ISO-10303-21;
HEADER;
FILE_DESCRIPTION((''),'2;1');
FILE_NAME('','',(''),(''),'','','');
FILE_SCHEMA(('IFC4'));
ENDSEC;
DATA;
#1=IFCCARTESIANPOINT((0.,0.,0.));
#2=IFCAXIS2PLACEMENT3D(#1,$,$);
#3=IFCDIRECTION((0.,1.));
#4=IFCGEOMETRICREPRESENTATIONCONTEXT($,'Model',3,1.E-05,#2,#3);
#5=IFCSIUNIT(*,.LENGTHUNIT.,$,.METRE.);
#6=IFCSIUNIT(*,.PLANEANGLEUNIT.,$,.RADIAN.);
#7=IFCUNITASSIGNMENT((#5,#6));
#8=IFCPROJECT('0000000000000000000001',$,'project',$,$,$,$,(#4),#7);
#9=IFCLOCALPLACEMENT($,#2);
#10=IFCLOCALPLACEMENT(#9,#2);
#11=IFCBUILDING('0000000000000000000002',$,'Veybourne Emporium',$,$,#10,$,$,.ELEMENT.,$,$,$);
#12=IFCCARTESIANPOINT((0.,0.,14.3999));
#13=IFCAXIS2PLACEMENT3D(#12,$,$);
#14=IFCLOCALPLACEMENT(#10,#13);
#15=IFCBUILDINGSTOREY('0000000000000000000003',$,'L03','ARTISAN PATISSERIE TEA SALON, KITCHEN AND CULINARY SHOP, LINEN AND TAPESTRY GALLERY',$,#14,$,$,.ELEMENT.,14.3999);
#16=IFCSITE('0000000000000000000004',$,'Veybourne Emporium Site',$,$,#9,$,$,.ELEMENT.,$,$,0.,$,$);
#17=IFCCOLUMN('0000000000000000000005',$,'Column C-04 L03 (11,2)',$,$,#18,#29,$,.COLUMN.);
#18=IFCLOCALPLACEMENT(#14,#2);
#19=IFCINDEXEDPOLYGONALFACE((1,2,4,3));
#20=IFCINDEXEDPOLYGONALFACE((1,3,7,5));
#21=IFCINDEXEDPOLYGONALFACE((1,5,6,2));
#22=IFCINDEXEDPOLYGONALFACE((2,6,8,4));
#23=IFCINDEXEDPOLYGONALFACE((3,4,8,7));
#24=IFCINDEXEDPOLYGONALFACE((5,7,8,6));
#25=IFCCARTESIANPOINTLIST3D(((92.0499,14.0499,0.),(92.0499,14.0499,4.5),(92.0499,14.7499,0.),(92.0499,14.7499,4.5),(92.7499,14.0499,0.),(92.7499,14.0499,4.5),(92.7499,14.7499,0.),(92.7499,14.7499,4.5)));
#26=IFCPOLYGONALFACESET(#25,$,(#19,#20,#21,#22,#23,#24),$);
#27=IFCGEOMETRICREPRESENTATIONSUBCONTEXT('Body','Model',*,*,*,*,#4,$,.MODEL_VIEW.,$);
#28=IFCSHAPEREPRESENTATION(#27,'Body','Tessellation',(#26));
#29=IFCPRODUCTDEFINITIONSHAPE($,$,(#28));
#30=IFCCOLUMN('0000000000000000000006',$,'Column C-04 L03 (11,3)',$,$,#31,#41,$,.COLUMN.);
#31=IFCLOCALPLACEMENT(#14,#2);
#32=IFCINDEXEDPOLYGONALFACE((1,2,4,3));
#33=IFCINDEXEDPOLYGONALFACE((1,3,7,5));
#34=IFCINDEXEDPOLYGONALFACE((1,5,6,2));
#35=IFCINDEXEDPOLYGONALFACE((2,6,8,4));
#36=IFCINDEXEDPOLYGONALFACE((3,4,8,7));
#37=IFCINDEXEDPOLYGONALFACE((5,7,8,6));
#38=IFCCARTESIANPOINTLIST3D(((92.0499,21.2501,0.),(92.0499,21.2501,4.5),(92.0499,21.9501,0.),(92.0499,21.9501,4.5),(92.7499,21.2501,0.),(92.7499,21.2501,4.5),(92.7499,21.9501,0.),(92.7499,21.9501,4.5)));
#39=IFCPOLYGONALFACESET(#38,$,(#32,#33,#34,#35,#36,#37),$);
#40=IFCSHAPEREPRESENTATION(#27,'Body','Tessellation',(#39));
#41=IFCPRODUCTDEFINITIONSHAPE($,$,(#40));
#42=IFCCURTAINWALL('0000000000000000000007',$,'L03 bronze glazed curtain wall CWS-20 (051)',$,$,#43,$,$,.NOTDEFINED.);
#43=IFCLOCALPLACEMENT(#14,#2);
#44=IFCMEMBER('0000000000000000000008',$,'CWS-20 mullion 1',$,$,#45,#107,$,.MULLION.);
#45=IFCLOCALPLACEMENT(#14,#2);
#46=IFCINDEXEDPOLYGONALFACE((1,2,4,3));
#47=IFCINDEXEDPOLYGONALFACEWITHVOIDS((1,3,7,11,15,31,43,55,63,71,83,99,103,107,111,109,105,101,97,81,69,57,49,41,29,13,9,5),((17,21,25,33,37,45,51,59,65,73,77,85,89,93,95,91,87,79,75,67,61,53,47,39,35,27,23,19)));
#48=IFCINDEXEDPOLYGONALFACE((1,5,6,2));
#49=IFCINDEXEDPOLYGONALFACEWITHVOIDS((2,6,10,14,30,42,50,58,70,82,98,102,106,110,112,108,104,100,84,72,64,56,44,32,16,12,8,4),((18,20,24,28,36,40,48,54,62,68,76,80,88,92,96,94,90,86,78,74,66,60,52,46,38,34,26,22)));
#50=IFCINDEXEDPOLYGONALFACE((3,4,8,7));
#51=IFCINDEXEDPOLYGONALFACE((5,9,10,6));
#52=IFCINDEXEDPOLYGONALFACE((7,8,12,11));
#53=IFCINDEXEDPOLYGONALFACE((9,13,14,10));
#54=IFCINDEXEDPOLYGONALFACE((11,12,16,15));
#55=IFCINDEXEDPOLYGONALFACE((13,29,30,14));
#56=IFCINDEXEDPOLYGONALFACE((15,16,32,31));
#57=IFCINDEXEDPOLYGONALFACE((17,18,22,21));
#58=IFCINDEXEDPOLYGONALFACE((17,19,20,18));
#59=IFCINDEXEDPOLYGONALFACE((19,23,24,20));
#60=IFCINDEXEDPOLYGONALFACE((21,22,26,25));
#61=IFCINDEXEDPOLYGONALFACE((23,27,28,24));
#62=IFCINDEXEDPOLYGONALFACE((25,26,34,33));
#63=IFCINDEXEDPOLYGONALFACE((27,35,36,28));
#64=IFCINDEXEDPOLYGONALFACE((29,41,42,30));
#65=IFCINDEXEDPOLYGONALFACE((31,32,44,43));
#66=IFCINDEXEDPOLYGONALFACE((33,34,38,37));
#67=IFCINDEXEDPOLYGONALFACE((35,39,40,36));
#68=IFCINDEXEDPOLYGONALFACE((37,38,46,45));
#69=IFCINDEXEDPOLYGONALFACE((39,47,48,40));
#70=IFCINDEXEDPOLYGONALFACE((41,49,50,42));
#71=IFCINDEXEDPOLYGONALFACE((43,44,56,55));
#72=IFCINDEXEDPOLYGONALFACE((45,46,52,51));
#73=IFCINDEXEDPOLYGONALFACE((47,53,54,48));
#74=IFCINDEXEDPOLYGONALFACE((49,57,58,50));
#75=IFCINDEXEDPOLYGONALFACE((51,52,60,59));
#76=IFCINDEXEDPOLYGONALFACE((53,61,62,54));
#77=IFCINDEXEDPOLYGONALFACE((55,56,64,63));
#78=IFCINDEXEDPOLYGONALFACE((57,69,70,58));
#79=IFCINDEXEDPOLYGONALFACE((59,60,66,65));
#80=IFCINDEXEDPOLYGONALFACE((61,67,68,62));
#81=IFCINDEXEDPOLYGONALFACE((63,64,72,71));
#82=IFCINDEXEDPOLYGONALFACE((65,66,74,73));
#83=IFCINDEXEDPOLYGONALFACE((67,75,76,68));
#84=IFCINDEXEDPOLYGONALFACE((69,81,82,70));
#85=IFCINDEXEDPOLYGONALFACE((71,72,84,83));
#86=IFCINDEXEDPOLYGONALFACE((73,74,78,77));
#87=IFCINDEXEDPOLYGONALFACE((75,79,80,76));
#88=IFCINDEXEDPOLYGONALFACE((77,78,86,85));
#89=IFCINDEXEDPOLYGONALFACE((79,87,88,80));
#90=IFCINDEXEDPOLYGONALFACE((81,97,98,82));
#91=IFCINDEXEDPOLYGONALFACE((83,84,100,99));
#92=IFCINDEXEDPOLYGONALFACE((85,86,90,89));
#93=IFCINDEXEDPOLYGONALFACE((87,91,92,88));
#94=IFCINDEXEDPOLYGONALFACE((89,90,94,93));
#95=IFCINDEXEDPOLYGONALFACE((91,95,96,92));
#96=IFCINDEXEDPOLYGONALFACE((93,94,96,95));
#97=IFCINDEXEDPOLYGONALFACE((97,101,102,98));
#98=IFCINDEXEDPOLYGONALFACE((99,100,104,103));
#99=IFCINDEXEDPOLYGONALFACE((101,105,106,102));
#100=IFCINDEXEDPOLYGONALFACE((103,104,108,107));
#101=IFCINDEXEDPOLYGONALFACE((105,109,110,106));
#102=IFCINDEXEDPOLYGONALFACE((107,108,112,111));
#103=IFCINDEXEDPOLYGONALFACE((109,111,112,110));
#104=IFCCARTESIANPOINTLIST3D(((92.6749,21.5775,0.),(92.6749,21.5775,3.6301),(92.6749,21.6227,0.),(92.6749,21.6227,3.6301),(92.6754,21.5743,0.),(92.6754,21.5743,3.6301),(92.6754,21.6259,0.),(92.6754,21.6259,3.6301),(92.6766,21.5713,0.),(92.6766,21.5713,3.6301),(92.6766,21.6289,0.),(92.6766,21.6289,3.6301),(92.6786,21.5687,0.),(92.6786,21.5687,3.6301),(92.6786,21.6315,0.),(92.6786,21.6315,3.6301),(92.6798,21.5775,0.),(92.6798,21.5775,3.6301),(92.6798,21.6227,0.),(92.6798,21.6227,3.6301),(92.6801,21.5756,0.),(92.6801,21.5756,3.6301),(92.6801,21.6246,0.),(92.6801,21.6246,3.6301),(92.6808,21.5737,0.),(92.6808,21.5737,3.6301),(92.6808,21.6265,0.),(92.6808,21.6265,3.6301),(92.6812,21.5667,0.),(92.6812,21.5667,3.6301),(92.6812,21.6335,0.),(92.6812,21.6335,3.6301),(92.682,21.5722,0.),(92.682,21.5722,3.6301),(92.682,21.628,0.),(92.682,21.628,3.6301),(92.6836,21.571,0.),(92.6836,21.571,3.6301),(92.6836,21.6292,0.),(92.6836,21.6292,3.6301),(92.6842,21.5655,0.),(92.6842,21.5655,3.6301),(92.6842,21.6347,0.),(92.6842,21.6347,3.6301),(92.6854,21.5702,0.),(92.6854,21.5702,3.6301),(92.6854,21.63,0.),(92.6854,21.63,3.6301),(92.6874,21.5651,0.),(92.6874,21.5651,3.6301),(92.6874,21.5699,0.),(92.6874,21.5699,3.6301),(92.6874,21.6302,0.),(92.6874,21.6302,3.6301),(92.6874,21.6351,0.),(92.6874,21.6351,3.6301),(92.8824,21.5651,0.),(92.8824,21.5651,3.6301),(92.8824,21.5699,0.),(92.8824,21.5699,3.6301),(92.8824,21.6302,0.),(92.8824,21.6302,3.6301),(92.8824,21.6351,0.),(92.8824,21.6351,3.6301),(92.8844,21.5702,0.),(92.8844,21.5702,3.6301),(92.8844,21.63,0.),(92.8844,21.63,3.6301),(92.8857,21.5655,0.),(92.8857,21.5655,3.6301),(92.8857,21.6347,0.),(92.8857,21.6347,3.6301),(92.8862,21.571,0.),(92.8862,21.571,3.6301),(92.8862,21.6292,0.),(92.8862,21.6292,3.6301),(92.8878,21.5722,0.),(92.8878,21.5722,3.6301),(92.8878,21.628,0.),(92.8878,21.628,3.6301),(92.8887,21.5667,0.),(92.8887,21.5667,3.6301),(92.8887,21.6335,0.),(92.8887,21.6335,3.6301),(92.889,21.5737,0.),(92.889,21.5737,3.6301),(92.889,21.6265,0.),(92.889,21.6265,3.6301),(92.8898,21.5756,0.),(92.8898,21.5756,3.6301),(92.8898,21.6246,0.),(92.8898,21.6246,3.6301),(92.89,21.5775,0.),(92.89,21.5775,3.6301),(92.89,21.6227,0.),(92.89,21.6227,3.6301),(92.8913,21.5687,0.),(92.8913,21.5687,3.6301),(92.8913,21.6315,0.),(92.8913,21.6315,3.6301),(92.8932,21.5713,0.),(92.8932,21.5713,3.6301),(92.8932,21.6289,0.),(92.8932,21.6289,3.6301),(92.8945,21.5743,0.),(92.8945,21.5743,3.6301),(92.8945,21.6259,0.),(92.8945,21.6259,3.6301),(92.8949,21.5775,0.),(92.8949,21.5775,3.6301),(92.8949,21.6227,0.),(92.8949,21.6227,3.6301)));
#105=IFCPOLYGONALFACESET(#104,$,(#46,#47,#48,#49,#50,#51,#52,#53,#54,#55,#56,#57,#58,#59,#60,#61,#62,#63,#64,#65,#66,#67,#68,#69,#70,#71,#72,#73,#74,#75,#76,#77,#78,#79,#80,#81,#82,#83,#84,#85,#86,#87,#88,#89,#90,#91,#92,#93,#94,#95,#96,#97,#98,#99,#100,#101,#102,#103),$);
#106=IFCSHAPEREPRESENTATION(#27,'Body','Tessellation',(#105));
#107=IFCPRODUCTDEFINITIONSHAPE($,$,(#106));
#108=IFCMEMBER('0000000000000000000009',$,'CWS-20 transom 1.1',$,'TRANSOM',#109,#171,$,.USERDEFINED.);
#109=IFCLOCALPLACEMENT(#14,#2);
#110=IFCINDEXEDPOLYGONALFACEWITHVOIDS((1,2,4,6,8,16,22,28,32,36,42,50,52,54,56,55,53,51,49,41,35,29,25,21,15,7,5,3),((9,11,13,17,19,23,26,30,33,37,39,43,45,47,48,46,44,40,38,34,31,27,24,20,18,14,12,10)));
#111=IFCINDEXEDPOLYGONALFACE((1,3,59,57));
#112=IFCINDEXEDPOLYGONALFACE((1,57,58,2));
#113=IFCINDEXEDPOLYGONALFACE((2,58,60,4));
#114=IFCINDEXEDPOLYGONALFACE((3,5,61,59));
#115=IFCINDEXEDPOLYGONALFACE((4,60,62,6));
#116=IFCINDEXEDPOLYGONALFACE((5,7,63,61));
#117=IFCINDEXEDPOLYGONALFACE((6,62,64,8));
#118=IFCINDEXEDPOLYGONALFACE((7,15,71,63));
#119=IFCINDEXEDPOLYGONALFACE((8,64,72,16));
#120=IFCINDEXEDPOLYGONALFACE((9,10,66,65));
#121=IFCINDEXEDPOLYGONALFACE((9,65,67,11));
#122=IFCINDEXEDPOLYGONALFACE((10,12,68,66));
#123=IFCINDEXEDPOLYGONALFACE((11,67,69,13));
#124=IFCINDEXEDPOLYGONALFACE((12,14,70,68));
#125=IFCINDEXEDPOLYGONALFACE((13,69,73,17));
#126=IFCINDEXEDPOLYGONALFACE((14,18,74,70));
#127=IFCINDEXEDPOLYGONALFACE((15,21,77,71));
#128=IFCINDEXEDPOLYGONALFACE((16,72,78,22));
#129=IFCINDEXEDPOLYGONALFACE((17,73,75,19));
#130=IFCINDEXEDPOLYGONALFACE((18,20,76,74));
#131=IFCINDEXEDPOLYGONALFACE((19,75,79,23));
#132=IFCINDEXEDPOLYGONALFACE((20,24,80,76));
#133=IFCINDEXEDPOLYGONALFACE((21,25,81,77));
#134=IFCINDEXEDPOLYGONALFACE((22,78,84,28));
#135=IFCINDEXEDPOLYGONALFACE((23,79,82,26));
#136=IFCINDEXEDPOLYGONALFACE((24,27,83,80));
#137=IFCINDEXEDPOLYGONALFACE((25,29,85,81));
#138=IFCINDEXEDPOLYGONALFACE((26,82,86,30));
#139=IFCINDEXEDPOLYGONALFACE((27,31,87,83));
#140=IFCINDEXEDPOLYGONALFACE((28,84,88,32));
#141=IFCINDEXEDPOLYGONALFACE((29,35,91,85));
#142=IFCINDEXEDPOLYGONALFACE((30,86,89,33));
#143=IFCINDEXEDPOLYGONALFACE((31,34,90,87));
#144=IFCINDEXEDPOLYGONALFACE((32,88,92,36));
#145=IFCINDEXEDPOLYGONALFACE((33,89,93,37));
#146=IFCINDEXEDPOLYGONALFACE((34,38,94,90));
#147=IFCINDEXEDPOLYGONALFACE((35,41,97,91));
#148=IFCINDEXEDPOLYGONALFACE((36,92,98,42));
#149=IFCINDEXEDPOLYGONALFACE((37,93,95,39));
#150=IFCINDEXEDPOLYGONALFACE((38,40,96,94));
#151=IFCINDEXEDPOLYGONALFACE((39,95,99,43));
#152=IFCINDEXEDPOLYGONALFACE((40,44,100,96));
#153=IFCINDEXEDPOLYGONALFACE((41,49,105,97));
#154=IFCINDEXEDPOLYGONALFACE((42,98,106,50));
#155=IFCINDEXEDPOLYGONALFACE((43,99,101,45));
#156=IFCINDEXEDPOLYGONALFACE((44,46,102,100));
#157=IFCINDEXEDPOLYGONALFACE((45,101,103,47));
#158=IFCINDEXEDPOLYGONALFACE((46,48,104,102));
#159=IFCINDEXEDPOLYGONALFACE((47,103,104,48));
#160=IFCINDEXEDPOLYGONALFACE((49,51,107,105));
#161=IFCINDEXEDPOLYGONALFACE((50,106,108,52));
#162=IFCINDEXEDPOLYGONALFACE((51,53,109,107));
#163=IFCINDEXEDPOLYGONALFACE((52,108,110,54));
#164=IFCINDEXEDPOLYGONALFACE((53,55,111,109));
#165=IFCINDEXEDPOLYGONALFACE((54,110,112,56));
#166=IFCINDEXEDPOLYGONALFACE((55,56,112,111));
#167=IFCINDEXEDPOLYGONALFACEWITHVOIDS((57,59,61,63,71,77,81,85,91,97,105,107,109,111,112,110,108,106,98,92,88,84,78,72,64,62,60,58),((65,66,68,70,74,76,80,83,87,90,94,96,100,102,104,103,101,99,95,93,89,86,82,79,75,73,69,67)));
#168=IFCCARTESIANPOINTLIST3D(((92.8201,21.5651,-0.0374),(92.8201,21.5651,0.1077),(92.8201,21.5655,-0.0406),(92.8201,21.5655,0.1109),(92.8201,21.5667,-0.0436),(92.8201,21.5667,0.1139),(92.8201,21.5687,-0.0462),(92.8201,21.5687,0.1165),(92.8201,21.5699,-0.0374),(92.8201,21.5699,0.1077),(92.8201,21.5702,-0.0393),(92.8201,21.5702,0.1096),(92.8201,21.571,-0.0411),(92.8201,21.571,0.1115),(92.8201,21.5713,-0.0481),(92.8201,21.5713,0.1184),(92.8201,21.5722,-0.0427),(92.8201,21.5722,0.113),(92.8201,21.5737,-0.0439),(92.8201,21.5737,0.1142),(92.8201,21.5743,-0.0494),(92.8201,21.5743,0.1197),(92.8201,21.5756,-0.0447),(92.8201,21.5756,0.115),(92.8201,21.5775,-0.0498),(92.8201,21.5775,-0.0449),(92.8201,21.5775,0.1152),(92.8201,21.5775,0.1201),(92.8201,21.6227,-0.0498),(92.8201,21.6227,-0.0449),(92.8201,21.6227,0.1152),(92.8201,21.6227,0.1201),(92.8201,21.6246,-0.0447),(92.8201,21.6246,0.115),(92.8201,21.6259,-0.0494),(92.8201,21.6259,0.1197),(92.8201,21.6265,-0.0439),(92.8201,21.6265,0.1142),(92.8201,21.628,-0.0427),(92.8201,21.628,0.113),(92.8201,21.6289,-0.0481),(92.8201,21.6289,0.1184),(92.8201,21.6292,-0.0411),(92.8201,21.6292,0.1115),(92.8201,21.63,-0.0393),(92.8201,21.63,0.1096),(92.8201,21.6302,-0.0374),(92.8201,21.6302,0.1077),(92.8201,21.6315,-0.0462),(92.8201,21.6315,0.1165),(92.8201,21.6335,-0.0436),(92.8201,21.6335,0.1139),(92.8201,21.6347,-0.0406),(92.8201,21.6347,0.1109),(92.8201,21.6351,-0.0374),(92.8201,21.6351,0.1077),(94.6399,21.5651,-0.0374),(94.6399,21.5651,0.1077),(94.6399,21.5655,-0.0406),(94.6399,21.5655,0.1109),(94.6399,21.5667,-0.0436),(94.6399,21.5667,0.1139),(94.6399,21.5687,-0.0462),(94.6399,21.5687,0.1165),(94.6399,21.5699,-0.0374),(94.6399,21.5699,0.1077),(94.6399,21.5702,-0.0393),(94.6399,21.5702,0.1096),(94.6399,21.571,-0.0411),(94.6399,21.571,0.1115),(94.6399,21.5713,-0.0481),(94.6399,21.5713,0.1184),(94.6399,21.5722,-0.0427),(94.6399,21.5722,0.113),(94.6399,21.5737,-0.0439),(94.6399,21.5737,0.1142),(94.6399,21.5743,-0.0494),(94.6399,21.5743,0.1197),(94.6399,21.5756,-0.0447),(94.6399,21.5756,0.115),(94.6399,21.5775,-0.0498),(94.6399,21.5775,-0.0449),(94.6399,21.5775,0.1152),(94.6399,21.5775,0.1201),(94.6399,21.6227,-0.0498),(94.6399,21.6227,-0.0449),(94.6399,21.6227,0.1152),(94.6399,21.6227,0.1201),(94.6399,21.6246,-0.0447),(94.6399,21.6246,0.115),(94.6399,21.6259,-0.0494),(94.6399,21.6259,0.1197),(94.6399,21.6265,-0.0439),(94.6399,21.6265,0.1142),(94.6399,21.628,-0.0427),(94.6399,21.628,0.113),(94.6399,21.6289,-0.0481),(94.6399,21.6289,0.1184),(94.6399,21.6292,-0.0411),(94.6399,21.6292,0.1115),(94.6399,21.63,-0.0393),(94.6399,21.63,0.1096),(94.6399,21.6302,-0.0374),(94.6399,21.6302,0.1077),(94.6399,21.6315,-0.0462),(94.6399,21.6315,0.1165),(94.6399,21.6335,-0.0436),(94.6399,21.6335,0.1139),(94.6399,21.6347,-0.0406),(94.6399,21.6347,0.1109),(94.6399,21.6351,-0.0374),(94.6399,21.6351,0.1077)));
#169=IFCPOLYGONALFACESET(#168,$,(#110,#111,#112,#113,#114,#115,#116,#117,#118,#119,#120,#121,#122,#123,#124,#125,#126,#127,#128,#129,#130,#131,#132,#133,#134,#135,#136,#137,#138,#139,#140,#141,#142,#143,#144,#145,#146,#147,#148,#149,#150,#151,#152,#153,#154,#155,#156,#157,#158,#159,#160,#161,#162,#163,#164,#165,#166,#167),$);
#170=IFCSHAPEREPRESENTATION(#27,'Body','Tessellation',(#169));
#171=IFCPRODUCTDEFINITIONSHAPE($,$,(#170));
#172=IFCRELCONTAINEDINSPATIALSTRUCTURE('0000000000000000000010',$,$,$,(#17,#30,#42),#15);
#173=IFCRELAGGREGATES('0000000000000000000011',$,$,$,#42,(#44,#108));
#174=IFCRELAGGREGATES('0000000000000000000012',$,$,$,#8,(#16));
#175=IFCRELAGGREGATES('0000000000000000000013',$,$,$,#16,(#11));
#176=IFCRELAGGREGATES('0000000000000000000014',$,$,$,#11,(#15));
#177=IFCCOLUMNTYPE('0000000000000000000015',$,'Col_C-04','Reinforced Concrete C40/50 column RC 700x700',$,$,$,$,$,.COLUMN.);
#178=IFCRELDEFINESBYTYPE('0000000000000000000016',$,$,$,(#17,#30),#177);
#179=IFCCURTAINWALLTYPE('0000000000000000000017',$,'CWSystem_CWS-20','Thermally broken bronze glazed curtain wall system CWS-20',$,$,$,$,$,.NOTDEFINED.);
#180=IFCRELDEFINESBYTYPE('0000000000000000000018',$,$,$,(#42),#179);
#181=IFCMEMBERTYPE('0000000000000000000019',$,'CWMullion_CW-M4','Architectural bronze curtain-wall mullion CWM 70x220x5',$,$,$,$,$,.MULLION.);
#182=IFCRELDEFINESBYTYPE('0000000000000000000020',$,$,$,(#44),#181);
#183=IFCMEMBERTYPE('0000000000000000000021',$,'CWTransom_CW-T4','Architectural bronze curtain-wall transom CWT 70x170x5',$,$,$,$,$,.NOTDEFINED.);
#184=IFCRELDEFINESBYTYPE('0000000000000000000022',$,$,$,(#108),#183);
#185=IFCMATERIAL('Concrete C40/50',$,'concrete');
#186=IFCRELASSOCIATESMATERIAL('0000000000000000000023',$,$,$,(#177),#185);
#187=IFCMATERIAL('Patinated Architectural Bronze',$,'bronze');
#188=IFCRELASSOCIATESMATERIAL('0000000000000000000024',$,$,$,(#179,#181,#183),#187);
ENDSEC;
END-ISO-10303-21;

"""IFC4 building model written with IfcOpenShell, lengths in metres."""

from ifc_helpers import new_model, si_unit, direction, frame, origin, origin_2d, place, context, subcontext, project, spatial, rectangle, hollow_rectangle, extrude, material, material_profile, profile_set, type_object, element, aggregate, save


model = new_model("IFC4")

# Units and contexts
model_context = context("Model", 3, precision=1e-05, world=origin(), true_north=direction((0.0, 1.0)))
body_context = subcontext(model_context, "Body", "Model", "MODEL_VIEW")
ifc_project = project(units=[si_unit("LENGTHUNIT", "METRE"), si_unit("PLANEANGLEUNIT", "RADIAN")], contexts=[model_context])

# Site, building, storey
site_placement = place(None, origin())
site = spatial("IfcSite", under=ifc_project, at=site_placement, Name="Veybourne Emporium Site", CompositionType="ELEMENT", RefElevation=0.0)
building_placement = place(site_placement, origin())
building = spatial("IfcBuilding", under=site, at=building_placement, Name="Veybourne Emporium", CompositionType="ELEMENT")
storey_placement = place(building_placement, frame((0.0, 0.0, 14.3999)))
storey = spatial("IfcBuildingStorey", under=building, at=storey_placement, Name="L03", Description="ARTISAN PATISSERIE TEA SALON, KITCHEN AND CULINARY SHOP, LINEN AND TAPESTRY GALLERY", CompositionType="ELEMENT", Elevation=14.3999)

# Columns
ifc_material_1 = material(Name="Concrete C40/50", Category="concrete")
ifc_material_profile_1 = material_profile(ifc_material_1, rectangle(XDim=0.7, YDim=0.7, at=origin_2d()), Name="RC 700x700")
ifc_profile_set_1 = profile_set([ifc_material_profile_1], Name="Concrete C40/50")
column_type = type_object("IfcColumnType", Name="Col_C-04", Description="Reinforced Concrete C40/50 column RC 700x700", PredefinedType="COLUMN", material=ifc_profile_set_1)
for number, where, z_axis, x_axis, name in (
    (1, (92.3999, 14.3999, 0.0), (0.0, 0.0, 1.0), (1.0, 0.0, 0.0), "Column C-04 L03 (11,2)"),
    (2, (92.3999, 21.6001, 0.0), (0.0, 0.0, 1.0), (1.0, 0.0, 0.0), "Column C-04 L03 (11,3)"),
):
    element("IfcColumn", number, at=place(storey_placement, frame(where, z_axis=z_axis, x_axis=x_axis)), inside=storey, type_object=column_type, Name=name, PredefinedType="COLUMN", context=body_context, shape_type="SweptSolid", body=[
        extrude(rectangle(XDim=0.7, YDim=0.7, at=origin_2d()), origin(), (0.0, 0.0, 1.0), 4.5),
    ])

# Curtain wall, members
ifc_material_2 = material(Name="Patinated Architectural Bronze", Category="bronze")
curtain_wall_type = type_object("IfcCurtainWallType", Name="CWSystem_CWS-20", Description="Thermally broken bronze glazed curtain wall system CWS-20", PredefinedType="NOTDEFINED", material=ifc_material_2)
curtain_wall_placement = place(storey_placement, origin())
curtain_wall = element("IfcCurtainWall", 3, at=curtain_wall_placement, inside=storey, type_object=curtain_wall_type, Name="L03 bronze glazed curtain wall CWS-20 (051)", PredefinedType="NOTDEFINED")
ifc_material_profile_2 = material_profile(ifc_material_2, hollow_rectangle(XDim=0.0701, YDim=0.22, WallThickness=0.0049, InnerFilletRadius=0.0076, OuterFilletRadius=0.0125, at=origin_2d()), Name="CWM 70x220x5")
ifc_profile_set_2 = profile_set([ifc_material_profile_2], Name="Patinated Architectural Bronze")
member_type_1 = type_object("IfcMemberType", Name="CWMullion_CW-M4", Description="Architectural bronze curtain-wall mullion CWM 70x220x5", PredefinedType="MULLION", material=ifc_profile_set_2)
member_1_placement = place(storey_placement, frame((92.7849, 21.6001, 0.0), z_axis=(0.0, 0.0, 1.0), x_axis=(0.0, 1.0, 0.0)))
member_1 = element("IfcMember", 4, at=member_1_placement, type_object=member_type_1, Name="CWS-20 mullion 1", PredefinedType="MULLION", context=body_context, shape_type="SweptSolid", body=[
    extrude(hollow_rectangle(XDim=0.0701, YDim=0.22, WallThickness=0.0049, InnerFilletRadius=0.0076, OuterFilletRadius=0.0125, at=origin_2d()), origin(), (0.0, 0.0, 1.0), 3.6301),
])
ifc_material_profile_3 = material_profile(ifc_material_2, hollow_rectangle(XDim=0.0701, YDim=0.1699, WallThickness=0.0049, InnerFilletRadius=0.0076, OuterFilletRadius=0.0125, at=origin_2d()), Name="CWT 70x170x5")
ifc_profile_set_3 = profile_set([ifc_material_profile_3], Name="Patinated Architectural Bronze")
member_type_2 = type_object("IfcMemberType", Name="CWTransom_CW-T4", Description="Architectural bronze curtain-wall transom CWT 70x170x5", PredefinedType="NOTDEFINED", material=ifc_profile_set_3)
member_2_placement = place(storey_placement, frame((92.8201, 21.6001, 0.0352), z_axis=(1.0, 0.0, 0.0), x_axis=(0.0, 1.0, 0.0)))
member_2 = element("IfcMember", 5, at=member_2_placement, type_object=member_type_2, Name="CWS-20 transom 1.1", ObjectType="TRANSOM", PredefinedType="USERDEFINED", context=body_context, shape_type="SweptSolid", body=[
    extrude(hollow_rectangle(XDim=0.0701, YDim=0.1699, WallThickness=0.0049, InnerFilletRadius=0.0076, OuterFilletRadius=0.0125, at=origin_2d()), origin(), (0.0, 0.0, 1.0), 1.8198),
])

aggregate(curtain_wall, [member_1, member_2])

save(model, "model.ifc")
